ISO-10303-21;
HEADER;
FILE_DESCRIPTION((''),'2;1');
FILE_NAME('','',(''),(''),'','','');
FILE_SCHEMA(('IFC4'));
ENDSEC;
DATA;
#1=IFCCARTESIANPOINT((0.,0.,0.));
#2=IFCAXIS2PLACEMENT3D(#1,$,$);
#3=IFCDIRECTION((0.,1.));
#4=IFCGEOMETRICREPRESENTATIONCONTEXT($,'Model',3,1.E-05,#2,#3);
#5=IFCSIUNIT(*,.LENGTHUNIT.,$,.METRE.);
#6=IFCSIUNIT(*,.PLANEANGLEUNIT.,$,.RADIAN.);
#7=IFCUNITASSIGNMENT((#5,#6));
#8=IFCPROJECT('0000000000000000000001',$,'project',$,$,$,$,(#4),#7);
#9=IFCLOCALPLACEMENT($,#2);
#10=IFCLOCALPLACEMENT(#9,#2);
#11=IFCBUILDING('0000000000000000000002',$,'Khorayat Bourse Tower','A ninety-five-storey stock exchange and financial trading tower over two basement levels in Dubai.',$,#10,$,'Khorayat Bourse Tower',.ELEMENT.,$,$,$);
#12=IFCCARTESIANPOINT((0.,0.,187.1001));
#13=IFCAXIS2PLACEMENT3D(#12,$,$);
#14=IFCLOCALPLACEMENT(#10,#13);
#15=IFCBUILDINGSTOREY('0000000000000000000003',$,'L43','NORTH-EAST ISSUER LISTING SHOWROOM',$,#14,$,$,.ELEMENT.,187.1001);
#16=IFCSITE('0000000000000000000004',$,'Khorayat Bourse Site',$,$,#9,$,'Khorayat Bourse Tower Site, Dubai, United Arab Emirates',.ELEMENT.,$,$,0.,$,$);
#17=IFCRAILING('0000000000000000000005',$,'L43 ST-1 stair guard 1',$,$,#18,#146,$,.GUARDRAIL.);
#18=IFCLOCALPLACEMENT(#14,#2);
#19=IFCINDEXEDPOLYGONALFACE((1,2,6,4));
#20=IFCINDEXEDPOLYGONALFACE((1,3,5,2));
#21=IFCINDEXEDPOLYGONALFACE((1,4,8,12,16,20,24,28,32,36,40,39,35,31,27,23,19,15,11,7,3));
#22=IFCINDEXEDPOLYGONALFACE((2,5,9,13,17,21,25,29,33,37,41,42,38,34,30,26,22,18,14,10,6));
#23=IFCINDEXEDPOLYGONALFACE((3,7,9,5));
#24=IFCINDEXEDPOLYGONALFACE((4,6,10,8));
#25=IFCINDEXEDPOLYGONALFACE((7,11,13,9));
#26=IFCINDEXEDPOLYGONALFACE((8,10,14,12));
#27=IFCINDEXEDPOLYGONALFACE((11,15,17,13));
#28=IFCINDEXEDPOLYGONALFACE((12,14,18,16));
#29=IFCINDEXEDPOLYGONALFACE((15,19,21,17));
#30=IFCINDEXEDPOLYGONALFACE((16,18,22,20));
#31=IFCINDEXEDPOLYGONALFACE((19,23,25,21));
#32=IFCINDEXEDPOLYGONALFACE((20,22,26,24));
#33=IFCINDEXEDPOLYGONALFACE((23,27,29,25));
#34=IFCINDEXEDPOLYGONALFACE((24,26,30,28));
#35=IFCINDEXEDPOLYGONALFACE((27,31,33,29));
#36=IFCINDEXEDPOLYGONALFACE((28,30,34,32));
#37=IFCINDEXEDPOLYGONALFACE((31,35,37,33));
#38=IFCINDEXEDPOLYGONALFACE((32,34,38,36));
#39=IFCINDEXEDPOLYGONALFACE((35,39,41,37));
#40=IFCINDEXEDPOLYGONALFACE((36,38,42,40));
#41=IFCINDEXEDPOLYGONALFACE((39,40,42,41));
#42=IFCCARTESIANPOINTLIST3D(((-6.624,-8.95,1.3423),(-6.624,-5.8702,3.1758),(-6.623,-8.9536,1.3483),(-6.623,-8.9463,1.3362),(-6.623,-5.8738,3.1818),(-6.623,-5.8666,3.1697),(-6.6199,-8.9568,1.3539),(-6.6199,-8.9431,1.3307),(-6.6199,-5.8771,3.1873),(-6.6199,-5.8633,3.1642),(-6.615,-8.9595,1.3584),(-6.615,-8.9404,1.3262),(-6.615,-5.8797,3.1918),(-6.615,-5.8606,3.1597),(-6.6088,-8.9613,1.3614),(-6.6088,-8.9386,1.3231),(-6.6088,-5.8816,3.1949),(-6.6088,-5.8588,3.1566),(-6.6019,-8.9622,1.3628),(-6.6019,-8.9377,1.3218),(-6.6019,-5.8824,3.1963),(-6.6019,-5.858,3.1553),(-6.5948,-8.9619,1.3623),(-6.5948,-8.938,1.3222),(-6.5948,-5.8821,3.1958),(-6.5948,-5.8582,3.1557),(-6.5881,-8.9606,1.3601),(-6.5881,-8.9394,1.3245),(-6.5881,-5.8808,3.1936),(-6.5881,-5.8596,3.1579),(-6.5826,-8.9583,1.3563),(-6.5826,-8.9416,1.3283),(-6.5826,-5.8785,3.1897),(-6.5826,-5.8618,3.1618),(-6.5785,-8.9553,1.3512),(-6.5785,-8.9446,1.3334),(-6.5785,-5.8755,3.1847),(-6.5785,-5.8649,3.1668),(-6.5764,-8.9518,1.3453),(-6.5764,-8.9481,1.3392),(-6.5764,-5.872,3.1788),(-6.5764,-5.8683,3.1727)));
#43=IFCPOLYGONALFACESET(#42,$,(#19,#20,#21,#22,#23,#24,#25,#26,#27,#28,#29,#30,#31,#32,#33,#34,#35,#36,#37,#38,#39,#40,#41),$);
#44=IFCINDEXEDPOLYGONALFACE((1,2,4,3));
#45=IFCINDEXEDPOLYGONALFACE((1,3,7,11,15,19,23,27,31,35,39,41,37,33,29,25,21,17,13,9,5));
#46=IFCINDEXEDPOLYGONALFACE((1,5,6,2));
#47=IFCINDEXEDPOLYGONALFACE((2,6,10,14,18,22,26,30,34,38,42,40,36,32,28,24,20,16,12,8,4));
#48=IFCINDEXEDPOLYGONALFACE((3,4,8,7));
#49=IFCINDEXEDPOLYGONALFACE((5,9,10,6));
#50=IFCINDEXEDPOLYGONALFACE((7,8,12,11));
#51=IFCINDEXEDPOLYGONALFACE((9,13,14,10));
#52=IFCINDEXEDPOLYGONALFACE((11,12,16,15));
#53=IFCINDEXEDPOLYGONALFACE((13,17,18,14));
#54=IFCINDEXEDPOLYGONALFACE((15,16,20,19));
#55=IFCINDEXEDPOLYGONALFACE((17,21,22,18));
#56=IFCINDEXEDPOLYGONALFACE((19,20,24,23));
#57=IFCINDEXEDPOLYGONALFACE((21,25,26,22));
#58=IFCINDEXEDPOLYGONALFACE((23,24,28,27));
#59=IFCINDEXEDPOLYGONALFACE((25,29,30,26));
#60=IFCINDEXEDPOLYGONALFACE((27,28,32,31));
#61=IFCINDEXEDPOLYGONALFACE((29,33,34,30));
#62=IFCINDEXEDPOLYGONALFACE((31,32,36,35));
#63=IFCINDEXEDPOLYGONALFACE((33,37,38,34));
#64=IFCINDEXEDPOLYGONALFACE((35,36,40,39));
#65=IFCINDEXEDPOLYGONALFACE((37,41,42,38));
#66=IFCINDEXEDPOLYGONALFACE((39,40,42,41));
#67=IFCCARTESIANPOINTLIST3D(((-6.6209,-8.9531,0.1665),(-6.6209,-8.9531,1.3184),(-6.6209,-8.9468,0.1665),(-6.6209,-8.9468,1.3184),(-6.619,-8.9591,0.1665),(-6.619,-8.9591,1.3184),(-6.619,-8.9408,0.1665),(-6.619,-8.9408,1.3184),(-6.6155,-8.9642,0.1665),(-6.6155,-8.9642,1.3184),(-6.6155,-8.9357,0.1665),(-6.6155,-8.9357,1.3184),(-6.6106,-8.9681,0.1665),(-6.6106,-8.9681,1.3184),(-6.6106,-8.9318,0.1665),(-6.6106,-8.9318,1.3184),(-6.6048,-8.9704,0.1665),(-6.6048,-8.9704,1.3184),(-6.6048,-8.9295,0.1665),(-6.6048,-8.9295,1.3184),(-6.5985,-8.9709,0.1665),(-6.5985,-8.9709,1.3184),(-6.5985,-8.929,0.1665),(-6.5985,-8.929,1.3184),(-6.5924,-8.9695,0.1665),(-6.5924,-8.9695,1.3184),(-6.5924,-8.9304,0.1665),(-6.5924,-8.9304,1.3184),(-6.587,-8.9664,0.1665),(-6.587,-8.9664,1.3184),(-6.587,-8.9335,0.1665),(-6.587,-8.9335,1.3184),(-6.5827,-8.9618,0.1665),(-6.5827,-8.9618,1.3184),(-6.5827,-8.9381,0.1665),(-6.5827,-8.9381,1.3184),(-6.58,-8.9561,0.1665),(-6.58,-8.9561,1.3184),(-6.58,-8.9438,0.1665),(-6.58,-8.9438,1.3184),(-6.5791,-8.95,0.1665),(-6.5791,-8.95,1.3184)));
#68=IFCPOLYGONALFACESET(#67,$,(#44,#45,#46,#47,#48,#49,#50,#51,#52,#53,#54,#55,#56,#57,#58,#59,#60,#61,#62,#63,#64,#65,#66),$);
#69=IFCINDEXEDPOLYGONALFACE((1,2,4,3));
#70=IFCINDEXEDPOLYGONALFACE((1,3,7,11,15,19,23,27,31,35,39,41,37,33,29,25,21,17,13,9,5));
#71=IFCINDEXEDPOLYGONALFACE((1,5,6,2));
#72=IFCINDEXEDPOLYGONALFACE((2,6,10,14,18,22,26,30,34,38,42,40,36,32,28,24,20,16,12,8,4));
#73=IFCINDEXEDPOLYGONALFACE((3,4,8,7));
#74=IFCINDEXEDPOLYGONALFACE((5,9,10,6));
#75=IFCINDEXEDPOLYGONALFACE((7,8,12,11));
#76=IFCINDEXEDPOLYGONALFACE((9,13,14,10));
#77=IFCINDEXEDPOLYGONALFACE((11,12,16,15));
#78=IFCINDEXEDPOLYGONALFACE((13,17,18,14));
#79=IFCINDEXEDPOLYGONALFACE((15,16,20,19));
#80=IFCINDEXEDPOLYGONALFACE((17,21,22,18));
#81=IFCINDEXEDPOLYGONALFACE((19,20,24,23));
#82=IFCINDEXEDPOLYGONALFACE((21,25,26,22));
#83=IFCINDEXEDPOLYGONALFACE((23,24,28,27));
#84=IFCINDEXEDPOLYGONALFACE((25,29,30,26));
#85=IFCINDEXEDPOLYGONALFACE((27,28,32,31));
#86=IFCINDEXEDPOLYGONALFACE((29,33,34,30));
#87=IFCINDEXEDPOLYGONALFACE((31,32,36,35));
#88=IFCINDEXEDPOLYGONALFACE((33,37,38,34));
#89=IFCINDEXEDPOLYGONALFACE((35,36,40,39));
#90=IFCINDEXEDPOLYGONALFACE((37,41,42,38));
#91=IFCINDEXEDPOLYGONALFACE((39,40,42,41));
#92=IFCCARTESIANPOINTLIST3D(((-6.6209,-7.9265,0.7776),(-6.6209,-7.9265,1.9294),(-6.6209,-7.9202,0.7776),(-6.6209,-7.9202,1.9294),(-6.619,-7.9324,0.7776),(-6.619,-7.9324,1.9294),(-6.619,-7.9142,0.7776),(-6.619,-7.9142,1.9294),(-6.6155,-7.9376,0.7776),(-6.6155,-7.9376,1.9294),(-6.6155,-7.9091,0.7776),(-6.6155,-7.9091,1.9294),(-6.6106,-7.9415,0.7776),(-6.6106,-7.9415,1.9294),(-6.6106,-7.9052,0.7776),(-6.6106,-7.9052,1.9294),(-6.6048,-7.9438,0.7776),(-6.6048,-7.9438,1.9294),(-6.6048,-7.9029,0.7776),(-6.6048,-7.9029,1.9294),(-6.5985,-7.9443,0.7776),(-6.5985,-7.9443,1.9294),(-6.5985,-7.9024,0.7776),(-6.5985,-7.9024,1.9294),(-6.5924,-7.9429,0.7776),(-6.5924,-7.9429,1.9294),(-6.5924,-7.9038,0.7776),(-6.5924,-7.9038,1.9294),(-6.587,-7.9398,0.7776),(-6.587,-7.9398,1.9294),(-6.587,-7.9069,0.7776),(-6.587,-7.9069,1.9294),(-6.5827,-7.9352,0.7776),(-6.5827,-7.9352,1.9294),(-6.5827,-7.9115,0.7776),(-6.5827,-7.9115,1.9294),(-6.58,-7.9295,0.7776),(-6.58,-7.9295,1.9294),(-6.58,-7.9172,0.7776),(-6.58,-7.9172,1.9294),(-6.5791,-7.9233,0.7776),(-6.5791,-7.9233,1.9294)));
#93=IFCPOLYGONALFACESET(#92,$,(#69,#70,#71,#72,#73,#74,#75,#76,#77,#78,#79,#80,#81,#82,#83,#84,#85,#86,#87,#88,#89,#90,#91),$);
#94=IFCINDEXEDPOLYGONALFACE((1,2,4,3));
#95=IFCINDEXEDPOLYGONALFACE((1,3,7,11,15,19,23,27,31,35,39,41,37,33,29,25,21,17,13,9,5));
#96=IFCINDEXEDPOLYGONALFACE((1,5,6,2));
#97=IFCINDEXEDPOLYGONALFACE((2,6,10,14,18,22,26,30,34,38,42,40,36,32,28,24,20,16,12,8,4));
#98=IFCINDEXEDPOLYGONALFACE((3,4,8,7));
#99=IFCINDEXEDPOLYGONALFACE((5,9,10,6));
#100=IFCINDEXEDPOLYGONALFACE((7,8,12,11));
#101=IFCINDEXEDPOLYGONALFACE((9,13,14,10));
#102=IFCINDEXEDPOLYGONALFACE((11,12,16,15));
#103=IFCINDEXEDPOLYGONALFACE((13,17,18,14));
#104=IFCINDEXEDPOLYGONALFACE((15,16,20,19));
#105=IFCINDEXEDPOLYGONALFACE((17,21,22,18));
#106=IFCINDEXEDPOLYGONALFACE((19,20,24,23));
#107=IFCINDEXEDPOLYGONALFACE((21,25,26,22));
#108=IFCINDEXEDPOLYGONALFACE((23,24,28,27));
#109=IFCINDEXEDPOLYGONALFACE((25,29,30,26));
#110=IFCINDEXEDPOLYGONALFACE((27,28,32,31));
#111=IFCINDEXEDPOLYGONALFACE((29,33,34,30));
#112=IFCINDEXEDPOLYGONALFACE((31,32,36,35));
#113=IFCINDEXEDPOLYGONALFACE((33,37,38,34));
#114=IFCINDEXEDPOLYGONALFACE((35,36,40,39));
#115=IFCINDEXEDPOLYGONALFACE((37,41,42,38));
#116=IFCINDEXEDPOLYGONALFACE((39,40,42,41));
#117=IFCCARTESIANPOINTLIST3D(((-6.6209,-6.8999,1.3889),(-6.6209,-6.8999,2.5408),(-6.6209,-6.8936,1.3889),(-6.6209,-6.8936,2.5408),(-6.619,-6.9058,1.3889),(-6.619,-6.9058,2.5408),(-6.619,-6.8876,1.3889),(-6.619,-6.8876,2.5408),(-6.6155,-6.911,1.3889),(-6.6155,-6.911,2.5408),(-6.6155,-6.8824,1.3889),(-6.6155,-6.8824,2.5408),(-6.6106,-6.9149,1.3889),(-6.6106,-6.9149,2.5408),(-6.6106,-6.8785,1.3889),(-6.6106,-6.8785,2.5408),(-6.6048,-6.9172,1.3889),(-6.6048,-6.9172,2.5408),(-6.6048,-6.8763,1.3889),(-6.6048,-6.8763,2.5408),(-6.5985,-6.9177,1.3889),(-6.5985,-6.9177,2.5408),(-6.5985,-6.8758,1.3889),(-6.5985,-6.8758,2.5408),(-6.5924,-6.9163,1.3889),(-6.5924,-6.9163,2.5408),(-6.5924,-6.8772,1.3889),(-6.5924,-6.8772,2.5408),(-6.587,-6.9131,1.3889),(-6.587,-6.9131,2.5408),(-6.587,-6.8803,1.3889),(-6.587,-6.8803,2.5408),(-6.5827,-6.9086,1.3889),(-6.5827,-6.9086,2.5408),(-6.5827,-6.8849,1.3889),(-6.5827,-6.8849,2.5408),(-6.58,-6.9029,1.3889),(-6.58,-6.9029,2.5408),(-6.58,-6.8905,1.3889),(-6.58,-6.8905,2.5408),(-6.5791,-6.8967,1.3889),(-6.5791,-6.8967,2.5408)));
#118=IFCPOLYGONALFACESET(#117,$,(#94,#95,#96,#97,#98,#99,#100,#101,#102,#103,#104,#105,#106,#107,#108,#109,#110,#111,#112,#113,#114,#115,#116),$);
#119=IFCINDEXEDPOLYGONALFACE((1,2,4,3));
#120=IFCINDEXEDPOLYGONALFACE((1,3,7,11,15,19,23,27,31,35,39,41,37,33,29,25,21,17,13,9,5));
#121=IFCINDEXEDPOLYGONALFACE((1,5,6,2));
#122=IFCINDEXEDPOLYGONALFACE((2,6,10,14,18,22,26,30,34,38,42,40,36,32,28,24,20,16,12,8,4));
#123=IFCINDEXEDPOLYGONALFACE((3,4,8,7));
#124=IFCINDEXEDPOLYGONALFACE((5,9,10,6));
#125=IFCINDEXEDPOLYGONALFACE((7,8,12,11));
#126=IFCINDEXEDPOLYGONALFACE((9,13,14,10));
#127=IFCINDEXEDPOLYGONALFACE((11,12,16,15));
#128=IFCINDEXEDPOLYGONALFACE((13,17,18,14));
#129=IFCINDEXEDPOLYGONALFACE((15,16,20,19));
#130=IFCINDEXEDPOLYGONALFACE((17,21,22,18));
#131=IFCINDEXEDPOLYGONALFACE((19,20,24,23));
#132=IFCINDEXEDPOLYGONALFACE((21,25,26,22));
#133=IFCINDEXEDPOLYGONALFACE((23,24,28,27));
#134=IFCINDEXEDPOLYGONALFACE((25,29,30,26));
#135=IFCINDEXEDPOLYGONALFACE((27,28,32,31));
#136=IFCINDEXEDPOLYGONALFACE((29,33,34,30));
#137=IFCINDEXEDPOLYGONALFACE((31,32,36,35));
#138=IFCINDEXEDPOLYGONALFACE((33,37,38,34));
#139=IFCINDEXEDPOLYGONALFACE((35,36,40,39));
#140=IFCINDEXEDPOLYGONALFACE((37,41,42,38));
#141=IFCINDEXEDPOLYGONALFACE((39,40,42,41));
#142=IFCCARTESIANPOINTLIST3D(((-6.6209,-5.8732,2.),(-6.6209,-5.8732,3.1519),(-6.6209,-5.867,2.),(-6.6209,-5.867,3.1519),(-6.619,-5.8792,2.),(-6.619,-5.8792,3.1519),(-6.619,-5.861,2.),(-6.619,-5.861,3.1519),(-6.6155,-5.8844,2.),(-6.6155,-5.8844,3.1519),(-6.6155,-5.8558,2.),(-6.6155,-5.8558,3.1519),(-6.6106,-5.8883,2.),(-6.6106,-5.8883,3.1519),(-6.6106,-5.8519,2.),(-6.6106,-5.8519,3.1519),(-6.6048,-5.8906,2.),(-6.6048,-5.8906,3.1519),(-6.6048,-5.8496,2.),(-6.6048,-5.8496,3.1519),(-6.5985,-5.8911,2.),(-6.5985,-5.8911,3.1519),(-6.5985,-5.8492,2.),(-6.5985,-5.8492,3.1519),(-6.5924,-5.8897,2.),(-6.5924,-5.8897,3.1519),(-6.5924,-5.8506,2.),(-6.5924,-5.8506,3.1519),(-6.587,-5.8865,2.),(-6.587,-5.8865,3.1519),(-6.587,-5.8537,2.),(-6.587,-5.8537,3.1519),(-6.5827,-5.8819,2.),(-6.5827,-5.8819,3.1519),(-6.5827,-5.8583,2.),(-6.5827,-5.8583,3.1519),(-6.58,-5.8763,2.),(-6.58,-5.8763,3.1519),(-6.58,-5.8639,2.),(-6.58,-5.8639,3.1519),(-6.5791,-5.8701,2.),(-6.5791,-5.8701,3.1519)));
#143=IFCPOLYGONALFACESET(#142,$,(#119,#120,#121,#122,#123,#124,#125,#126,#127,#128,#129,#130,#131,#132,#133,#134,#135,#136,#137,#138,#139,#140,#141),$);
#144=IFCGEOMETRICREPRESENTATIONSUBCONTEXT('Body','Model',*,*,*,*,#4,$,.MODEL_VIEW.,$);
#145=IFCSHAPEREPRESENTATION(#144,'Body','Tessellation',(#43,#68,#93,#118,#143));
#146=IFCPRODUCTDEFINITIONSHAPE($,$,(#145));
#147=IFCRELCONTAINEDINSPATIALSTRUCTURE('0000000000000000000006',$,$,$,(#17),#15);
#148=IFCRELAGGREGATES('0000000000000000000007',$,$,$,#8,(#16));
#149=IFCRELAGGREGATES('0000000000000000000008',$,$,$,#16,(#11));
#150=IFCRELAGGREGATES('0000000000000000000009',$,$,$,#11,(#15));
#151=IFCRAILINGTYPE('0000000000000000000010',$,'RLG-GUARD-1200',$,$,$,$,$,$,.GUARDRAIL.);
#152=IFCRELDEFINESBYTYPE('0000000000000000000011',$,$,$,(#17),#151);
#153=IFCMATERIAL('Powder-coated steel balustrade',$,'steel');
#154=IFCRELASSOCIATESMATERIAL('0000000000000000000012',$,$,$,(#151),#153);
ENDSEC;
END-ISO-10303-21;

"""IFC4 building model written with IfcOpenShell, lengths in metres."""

from ifc_helpers import new_model, si_unit, direction, frame, origin, origin_2d, place, context, subcontext, project, spatial, circle, extrude, source, transform, mapped, material, type_object, element, save


model = new_model("IFC4")

# Units and contexts
model_context = context("Model", 3, precision=1e-05, world=origin(), true_north=direction((0.0, 1.0)))
body_context = subcontext(model_context, "Body", "Model", "MODEL_VIEW")
ifc_project = project(units=[si_unit("LENGTHUNIT", "METRE"), si_unit("PLANEANGLEUNIT", "RADIAN")], contexts=[model_context])

# Site, building, storey
site_placement = place(None, origin())
site = spatial("IfcSite", under=ifc_project, at=site_placement, Name="Khorayat Bourse Site", LongName="Khorayat Bourse Tower Site, Dubai, United Arab Emirates", CompositionType="ELEMENT", RefElevation=0.0)
building_placement = place(site_placement, origin())
building = spatial("IfcBuilding", under=site, at=building_placement, Name="Khorayat Bourse Tower", Description="A ninety-five-storey stock exchange and financial trading tower over two basement levels in Dubai.", LongName="Khorayat Bourse Tower", CompositionType="ELEMENT")
storey_placement = place(building_placement, frame((0.0, 0.0, 187.1001)))
storey = spatial("IfcBuildingStorey", under=building, at=storey_placement, Name="L43", Description="NORTH-EAST ISSUER LISTING SHOWROOM", CompositionType="ELEMENT", Elevation=187.1001)

# Railing
ifc_material_1 = material(Name="Powder-coated steel balustrade", Category="steel")
railing_type_1 = type_object("IfcRailingType", Name="RLG-GUARD-1200", PredefinedType="GUARDRAIL", material=ifc_material_1)
shared_shape_1 = source(origin(), body_context, "Body", "SweptSolid", [
    extrude(circle(Radius=0.0239, at=origin_2d()), frame((0.0, 0.0, 1.1758), z_axis=(0.0, 0.859261, 0.511538), x_axis=(-1.0, 0.0, 0.0)), (0.0, 0.0, 1.0), 3.5842),
    extrude(circle(Radius=0.021, at=origin_2d()), origin(), (0.0, 0.0, 1.0), 1.1519),
    extrude(circle(Radius=0.021, at=origin_2d()), frame((0.0, 1.0266, 0.6111)), (0.0, 0.0, 1.0), 1.1519),
    extrude(circle(Radius=0.021, at=origin_2d()), frame((0.0, 2.0532, 1.2224)), (0.0, 0.0, 1.0), 1.1519),
    extrude(circle(Radius=0.021, at=origin_2d()), frame((0.0, 3.0798, 1.8335)), (0.0, 0.0, 1.0), 1.1519),
])
railing_1_placement = place(storey_placement, frame((-6.6001, -8.95, 0.1665)))
element("IfcRailing", 1, at=railing_1_placement, inside=storey, type_object=railing_type_1, Name="L43 ST-1 stair guard 1", PredefinedType="GUARDRAIL", context=body_context, shape_type="MappedRepresentation", body=[
    mapped(shared_shape_1, transform((0.0, 0.0, 0.0), scale=1.0)),
])

save(model, "model.ifc")
